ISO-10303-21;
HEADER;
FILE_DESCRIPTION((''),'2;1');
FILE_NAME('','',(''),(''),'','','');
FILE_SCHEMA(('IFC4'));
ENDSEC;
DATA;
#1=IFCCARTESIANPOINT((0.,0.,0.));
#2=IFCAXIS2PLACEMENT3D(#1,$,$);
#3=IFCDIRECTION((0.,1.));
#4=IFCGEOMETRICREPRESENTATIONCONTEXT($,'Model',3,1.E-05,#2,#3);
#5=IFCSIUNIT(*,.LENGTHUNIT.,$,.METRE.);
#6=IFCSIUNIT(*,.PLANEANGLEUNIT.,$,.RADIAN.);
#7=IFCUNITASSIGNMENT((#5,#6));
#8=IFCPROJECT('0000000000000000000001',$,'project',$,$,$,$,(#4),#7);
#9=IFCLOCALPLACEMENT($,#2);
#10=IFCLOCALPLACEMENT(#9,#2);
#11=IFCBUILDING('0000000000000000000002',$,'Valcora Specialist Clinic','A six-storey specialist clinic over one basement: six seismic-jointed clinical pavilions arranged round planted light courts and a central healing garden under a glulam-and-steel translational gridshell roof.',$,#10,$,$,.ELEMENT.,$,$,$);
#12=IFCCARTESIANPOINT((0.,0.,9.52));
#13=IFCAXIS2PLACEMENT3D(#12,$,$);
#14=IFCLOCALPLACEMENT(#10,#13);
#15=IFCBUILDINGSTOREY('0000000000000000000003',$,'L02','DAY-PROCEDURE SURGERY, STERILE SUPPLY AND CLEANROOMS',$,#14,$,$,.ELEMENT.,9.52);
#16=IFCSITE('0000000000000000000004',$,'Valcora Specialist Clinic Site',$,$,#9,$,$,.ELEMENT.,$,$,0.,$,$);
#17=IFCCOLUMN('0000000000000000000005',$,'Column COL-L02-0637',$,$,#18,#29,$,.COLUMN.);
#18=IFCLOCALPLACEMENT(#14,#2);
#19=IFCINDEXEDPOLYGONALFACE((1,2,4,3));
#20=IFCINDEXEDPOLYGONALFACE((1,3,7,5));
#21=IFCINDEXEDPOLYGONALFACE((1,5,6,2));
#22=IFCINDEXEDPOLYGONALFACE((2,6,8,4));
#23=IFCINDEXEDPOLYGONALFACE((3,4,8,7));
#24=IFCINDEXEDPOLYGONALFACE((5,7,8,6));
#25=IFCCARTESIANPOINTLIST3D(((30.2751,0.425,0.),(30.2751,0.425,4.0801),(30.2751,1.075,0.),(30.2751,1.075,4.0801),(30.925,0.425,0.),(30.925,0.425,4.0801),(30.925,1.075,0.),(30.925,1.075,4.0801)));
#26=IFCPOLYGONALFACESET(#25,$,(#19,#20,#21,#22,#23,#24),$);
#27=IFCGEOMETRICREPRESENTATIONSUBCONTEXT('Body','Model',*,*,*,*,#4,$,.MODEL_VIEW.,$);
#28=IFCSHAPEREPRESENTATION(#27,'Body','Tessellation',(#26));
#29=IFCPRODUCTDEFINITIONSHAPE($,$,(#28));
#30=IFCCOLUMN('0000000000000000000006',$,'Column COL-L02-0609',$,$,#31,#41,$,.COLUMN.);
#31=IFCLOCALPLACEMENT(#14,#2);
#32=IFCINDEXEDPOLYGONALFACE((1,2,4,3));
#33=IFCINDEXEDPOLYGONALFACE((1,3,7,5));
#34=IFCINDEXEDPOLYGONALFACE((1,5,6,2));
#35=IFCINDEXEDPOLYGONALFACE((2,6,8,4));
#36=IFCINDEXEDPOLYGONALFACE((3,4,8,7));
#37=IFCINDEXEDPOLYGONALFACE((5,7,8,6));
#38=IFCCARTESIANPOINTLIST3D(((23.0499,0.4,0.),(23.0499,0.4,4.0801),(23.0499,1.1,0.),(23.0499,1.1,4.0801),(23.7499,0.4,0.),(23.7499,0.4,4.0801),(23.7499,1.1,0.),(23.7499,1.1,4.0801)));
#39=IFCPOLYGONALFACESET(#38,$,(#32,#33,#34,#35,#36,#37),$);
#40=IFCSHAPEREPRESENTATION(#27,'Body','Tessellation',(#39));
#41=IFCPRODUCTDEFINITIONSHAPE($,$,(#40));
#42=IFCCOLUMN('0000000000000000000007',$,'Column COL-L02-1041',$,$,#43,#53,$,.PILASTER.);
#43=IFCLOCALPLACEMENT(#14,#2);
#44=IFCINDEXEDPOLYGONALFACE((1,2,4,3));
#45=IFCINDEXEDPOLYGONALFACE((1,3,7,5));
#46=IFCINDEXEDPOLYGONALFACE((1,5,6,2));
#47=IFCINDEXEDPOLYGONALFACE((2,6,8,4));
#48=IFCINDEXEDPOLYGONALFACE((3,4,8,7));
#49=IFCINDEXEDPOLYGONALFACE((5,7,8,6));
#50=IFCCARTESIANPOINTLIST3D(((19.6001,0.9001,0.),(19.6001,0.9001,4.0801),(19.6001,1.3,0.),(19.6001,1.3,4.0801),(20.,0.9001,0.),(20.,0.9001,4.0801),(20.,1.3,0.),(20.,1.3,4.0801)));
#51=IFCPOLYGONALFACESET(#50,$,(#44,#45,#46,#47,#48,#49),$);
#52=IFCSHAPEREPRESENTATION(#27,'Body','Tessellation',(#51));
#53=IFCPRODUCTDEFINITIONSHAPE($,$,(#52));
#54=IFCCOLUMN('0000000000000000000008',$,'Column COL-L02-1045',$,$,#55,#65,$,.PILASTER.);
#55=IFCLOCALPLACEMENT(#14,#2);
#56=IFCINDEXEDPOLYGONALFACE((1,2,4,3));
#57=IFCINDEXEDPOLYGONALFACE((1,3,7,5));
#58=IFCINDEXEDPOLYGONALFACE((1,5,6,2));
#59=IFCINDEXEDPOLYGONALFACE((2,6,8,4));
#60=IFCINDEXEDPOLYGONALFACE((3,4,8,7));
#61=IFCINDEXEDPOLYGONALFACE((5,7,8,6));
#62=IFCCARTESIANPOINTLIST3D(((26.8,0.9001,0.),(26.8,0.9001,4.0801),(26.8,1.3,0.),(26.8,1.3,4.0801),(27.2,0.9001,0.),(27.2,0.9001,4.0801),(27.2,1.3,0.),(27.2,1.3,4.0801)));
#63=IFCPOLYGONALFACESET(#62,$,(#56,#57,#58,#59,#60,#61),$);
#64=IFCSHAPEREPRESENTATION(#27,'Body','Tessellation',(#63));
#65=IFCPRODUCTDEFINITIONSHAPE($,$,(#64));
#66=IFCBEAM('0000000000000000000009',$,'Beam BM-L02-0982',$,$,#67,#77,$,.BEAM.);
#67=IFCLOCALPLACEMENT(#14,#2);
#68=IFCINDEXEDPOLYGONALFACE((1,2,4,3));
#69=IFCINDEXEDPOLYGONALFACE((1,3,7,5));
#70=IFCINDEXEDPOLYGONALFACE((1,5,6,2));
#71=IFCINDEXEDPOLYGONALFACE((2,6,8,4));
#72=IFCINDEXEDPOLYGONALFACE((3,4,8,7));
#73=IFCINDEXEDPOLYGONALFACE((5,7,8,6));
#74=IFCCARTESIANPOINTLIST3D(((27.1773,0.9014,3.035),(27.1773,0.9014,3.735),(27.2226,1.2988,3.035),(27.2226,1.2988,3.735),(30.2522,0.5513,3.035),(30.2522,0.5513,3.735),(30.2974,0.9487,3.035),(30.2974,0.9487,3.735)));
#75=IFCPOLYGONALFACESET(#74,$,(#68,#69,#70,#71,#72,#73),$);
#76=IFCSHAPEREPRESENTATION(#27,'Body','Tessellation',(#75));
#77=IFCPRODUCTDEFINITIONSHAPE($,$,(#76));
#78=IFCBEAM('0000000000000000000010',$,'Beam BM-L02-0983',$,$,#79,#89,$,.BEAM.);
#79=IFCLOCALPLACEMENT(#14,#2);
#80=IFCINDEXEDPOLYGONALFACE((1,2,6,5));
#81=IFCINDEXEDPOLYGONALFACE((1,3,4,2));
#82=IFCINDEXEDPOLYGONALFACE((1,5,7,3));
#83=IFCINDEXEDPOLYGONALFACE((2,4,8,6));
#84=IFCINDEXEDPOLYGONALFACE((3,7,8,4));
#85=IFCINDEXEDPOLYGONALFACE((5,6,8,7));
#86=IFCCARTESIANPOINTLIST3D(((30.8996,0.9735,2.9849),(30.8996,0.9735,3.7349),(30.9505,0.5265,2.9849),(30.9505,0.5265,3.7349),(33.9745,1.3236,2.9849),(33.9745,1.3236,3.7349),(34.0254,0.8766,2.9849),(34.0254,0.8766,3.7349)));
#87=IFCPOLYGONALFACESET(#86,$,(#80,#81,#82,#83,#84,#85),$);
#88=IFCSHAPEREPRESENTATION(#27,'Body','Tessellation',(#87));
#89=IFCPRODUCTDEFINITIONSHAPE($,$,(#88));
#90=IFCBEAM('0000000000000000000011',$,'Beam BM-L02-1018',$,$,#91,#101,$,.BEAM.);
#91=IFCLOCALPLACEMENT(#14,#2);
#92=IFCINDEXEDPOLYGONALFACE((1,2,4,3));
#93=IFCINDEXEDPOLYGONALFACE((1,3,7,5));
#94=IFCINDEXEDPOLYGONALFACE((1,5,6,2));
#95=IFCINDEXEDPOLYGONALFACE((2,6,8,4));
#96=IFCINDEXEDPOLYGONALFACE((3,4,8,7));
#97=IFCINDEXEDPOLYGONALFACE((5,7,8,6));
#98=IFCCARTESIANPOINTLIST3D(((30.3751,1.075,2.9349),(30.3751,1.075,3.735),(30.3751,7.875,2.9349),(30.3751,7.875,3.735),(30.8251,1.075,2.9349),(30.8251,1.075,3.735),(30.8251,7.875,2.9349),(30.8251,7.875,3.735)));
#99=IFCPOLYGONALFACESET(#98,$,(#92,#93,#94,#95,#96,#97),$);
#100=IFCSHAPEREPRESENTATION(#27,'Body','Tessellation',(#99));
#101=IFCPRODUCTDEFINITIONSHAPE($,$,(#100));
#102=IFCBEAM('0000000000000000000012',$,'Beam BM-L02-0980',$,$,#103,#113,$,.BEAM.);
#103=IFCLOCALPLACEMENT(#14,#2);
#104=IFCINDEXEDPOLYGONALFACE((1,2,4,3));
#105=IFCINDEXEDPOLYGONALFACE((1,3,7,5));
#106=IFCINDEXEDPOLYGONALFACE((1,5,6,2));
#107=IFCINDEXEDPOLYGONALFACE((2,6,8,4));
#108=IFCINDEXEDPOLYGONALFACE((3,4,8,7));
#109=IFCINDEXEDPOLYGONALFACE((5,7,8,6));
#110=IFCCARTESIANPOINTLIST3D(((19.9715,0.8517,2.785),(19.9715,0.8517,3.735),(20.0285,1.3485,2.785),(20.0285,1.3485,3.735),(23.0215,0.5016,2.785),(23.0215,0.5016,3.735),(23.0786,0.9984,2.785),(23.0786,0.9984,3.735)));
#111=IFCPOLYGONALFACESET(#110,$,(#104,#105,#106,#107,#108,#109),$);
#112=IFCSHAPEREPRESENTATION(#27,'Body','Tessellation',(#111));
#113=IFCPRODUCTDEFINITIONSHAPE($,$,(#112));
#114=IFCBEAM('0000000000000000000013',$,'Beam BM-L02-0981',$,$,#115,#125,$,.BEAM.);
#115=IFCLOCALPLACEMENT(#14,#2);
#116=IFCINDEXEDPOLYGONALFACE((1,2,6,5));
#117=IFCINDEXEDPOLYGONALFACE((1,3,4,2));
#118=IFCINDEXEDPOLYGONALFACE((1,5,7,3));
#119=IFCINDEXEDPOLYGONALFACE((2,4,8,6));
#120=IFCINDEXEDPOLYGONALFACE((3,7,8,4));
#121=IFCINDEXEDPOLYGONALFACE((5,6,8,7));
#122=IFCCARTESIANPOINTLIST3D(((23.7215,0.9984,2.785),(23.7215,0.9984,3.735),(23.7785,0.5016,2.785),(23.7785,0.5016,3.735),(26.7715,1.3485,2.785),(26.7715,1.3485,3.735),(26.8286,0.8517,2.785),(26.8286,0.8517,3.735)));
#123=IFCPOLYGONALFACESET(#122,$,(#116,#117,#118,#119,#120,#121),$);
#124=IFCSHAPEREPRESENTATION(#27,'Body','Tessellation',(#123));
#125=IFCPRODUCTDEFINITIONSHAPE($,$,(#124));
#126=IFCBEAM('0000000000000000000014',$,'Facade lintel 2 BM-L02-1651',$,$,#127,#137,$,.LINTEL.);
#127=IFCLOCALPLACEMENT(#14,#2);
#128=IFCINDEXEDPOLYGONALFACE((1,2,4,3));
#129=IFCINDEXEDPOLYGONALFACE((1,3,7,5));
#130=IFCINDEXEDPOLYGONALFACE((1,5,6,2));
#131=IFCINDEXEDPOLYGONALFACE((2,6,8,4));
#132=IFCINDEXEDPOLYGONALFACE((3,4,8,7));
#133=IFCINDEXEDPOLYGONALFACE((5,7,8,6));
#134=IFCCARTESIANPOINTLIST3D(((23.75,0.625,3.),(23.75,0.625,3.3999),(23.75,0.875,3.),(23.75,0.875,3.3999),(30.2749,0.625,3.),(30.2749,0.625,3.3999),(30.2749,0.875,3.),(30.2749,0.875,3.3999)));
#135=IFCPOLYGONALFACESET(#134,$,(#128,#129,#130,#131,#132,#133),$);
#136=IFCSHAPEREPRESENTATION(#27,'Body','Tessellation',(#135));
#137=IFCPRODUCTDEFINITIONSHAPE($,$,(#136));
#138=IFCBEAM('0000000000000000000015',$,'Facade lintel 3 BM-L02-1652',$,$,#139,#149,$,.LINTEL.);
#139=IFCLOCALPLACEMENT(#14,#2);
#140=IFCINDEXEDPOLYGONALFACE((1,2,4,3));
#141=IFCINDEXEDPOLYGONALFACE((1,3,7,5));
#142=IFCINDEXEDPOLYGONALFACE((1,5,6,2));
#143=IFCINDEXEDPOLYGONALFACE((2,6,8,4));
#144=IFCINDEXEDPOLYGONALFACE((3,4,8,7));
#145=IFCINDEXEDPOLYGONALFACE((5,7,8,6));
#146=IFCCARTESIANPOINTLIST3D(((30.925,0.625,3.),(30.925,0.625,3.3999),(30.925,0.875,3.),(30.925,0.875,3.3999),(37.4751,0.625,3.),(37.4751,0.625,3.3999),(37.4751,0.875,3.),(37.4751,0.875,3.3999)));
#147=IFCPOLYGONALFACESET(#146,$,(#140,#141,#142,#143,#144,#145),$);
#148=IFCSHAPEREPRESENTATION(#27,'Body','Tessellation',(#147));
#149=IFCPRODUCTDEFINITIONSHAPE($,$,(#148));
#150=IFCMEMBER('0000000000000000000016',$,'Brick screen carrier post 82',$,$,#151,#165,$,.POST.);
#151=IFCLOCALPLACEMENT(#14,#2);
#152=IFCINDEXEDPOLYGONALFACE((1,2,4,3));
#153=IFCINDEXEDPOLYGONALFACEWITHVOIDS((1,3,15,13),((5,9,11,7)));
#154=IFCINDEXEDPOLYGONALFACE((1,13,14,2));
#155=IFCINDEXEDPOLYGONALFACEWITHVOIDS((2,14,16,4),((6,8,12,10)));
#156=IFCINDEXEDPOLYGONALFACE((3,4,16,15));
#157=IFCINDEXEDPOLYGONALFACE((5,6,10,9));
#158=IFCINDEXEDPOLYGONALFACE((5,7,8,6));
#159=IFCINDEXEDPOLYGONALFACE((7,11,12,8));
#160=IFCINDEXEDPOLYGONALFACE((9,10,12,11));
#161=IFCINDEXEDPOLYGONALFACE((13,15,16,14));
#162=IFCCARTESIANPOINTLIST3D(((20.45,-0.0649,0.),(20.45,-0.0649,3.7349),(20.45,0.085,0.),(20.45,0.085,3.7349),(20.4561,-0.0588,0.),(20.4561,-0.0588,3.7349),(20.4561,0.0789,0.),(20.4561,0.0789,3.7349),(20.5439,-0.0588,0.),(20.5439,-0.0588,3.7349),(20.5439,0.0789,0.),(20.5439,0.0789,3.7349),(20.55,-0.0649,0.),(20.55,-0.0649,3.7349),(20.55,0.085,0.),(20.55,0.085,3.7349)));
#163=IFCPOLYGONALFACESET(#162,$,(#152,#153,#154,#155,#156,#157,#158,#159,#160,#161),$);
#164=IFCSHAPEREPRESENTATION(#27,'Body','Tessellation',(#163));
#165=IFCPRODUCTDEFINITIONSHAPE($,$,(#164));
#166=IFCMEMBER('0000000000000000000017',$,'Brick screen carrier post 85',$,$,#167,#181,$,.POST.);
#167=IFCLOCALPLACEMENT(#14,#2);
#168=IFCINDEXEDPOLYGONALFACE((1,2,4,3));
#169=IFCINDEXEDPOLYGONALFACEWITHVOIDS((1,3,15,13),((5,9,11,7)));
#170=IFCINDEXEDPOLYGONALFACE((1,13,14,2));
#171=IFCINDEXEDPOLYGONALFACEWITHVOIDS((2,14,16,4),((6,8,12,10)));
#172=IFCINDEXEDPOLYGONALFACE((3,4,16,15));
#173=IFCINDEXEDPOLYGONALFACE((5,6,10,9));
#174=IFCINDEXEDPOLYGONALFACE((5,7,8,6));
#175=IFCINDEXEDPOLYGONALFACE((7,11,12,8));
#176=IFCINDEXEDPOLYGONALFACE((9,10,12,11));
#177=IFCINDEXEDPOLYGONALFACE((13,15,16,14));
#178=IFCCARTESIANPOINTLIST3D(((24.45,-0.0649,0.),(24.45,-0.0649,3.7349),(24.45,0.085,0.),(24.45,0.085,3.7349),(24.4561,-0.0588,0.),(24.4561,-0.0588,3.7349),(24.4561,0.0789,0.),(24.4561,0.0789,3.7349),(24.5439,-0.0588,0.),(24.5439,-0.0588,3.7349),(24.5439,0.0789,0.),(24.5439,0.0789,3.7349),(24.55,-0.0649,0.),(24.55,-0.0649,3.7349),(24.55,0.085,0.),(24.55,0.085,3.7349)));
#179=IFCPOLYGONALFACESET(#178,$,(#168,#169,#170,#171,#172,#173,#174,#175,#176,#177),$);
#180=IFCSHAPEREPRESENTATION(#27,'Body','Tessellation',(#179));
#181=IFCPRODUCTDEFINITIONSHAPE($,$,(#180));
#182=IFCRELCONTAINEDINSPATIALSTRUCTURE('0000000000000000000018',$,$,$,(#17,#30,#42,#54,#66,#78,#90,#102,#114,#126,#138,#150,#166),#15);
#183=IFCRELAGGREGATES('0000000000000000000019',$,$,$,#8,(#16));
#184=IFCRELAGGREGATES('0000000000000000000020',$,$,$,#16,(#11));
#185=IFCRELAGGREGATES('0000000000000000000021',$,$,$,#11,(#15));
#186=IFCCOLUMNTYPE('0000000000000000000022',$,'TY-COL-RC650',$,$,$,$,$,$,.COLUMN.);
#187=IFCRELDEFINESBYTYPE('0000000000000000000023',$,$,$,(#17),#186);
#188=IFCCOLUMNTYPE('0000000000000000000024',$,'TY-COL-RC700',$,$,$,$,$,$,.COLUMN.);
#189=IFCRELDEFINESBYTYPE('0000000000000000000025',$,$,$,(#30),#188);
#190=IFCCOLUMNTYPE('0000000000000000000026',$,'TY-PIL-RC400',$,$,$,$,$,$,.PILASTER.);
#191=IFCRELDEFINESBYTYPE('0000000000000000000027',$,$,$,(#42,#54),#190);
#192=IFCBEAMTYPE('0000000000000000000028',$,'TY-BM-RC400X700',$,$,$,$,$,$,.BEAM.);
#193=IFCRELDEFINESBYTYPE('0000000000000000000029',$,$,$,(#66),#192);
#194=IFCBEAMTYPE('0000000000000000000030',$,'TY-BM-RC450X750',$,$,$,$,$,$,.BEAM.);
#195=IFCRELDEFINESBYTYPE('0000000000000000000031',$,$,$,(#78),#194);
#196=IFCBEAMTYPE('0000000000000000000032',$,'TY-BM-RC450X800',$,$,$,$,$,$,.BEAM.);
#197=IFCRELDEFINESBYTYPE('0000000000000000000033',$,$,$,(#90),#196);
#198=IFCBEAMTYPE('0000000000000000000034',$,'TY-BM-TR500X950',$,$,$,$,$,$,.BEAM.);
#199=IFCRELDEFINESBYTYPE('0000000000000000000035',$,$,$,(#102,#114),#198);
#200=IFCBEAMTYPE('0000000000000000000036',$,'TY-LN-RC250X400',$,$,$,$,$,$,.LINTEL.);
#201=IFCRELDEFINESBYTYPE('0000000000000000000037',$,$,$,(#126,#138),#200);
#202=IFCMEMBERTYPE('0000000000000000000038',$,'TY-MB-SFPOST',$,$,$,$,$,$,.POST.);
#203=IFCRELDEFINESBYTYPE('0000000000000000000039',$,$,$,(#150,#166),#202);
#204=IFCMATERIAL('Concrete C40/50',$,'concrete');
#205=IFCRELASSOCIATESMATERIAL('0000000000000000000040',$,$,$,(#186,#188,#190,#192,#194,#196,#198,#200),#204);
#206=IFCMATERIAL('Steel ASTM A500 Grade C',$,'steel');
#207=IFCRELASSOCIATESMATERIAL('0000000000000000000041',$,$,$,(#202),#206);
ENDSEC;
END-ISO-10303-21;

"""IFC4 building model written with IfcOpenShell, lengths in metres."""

from ifc_helpers import new_model, si_unit, direction, frame, origin, origin_2d, place, context, subcontext, project, spatial, rectangle, hollow_rectangle, extrude, material, material_profile, profile_set, type_object, element, save


model = new_model("IFC4")

# Units and contexts
model_context = context("Model", 3, precision=1e-05, world=origin(), true_north=direction((0.0, 1.0)))
body_context = subcontext(model_context, "Body", "Model", "MODEL_VIEW")
ifc_project = project(units=[si_unit("LENGTHUNIT", "METRE"), si_unit("PLANEANGLEUNIT", "RADIAN")], contexts=[model_context])

# Site, building, storey
site_placement = place(None, origin())
site = spatial("IfcSite", under=ifc_project, at=site_placement, Name="Valcora Specialist Clinic Site", CompositionType="ELEMENT", RefElevation=0.0)
building_placement = place(site_placement, origin())
building = spatial("IfcBuilding", under=site, at=building_placement, Name="Valcora Specialist Clinic", Description="A six-storey specialist clinic over one basement: six seismic-jointed clinical pavilions arranged round planted light courts and a central healing garden under a glulam-and-steel translational gridshell roof.", CompositionType="ELEMENT")
storey_placement = place(building_placement, frame((0.0, 0.0, 9.52)))
storey = spatial("IfcBuildingStorey", under=building, at=storey_placement, Name="L02", Description="DAY-PROCEDURE SURGERY, STERILE SUPPLY AND CLEANROOMS", CompositionType="ELEMENT", Elevation=9.52)

# Columns
ifc_material_1 = material(Name="Concrete C40/50", Category="concrete")
ifc_material_profile_1 = material_profile(ifc_material_1, rectangle(XDim=0.6499, YDim=0.6499, at=origin_2d()), Name="RC-COL-650X650")
ifc_profile_set_1 = profile_set([ifc_material_profile_1], Name="Concrete C40/50")
column_type_1 = type_object("IfcColumnType", Name="TY-COL-RC650", PredefinedType="COLUMN", material=ifc_profile_set_1)
column_1_placement = place(storey_placement, frame((30.6001, 0.75, 0.0), z_axis=(0.0, 0.0, 1.0), x_axis=(1.0, 0.0, 0.0)))
element("IfcColumn", 1, at=column_1_placement, inside=storey, type_object=column_type_1, Name="Column COL-L02-0637", PredefinedType="COLUMN", context=body_context, shape_type="SweptSolid", body=[
    extrude(rectangle(XDim=0.6499, YDim=0.6499, at=origin_2d()), origin(), (0.0, 0.0, 1.0), 4.0801),
])
ifc_material_profile_2 = material_profile(ifc_material_1, rectangle(XDim=0.7, YDim=0.7, at=origin_2d()), Name="RC-COL-700X700")
ifc_profile_set_2 = profile_set([ifc_material_profile_2], Name="Concrete C40/50")
column_type_2 = type_object("IfcColumnType", Name="TY-COL-RC700", PredefinedType="COLUMN", material=ifc_profile_set_2)
column_2_placement = place(storey_placement, frame((23.3999, 0.75, 0.0), z_axis=(0.0, 0.0, 1.0), x_axis=(1.0, 0.0, 0.0)))
element("IfcColumn", 2, at=column_2_placement, inside=storey, type_object=column_type_2, Name="Column COL-L02-0609", PredefinedType="COLUMN", context=body_context, shape_type="SweptSolid", body=[
    extrude(rectangle(XDim=0.7, YDim=0.7, at=origin_2d()), origin(), (0.0, 0.0, 1.0), 4.0801),
])
ifc_material_profile_3 = material_profile(ifc_material_1, rectangle(XDim=0.3999, YDim=0.3999, at=origin_2d()), Name="RC-COL-400X400")
ifc_profile_set_3 = profile_set([ifc_material_profile_3], Name="Concrete C40/50")
column_type_3 = type_object("IfcColumnType", Name="TY-PIL-RC400", PredefinedType="PILASTER", material=ifc_profile_set_3)
for number, where, z_axis, x_axis, name in (
    (3, (19.8, 1.1001, 0.0), (0.0, 0.0, 1.0), (1.0, 0.0, 0.0), "Column COL-L02-1041"),
    (4, (27.0, 1.1001, 0.0), (0.0, 0.0, 1.0), (1.0, 0.0, 0.0), "Column COL-L02-1045"),
):
    element("IfcColumn", number, at=place(storey_placement, frame(where, z_axis=z_axis, x_axis=x_axis)), inside=storey, type_object=column_type_3, Name=name, PredefinedType="PILASTER", context=body_context, shape_type="SweptSolid", body=[
        extrude(rectangle(XDim=0.3999, YDim=0.3999, at=origin_2d()), origin(), (0.0, 0.0, 1.0), 4.0801),
    ])

# Beams
ifc_material_profile_4 = material_profile(ifc_material_1, rectangle(XDim=0.3999, YDim=0.7, at=origin_2d()), Name="RC-BM-400X700")
ifc_profile_set_4 = profile_set([ifc_material_profile_4], Name="Concrete C40/50")
beam_type_1 = type_object("IfcBeamType", Name="TY-BM-RC400X700", PredefinedType="BEAM", material=ifc_profile_set_4)
beam_1_placement = place(storey_placement, frame((27.2, 1.1001, 3.385), z_axis=(0.993581, -0.113124, 0.0), x_axis=(0.113124, 0.993581, 0.0)))
element("IfcBeam", 5, at=beam_1_placement, inside=storey, type_object=beam_type_1, Name="Beam BM-L02-0982", PredefinedType="BEAM", context=body_context, shape_type="SweptSolid", body=[
    extrude(rectangle(XDim=0.3999, YDim=0.7, at=origin_2d()), origin(), (0.0, 0.0, 1.0), 3.0947),
])
ifc_material_profile_5 = material_profile(ifc_material_1, rectangle(XDim=0.45, YDim=0.75, at=origin_2d()), Name="RC-BM-450X750")
ifc_profile_set_5 = profile_set([ifc_material_profile_5], Name="Concrete C40/50")
beam_type_2 = type_object("IfcBeamType", Name="TY-BM-RC450X750", PredefinedType="BEAM", material=ifc_profile_set_5)
beam_2_placement = place(storey_placement, frame((30.925, 0.75, 3.3599), z_axis=(0.993581, 0.113124, 0.0), x_axis=(-0.113124, 0.993581, 0.0)))
element("IfcBeam", 6, at=beam_2_placement, inside=storey, type_object=beam_type_2, Name="Beam BM-L02-0983", PredefinedType="BEAM", context=body_context, shape_type="SweptSolid", body=[
    extrude(rectangle(XDim=0.45, YDim=0.75, at=origin_2d()), origin(), (0.0, 0.0, 1.0), 3.0947),
])
ifc_material_profile_6 = material_profile(ifc_material_1, rectangle(XDim=0.45, YDim=0.8, at=origin_2d()), Name="RC-BM-450X800")
ifc_profile_set_6 = profile_set([ifc_material_profile_6], Name="Concrete C40/50")
beam_type_3 = type_object("IfcBeamType", Name="TY-BM-RC450X800", PredefinedType="BEAM", material=ifc_profile_set_6)
beam_3_placement = place(storey_placement, frame((30.6001, 1.075, 3.335), z_axis=(0.0, 1.0, 0.0), x_axis=(-1.0, 0.0, 0.0)))
element("IfcBeam", 7, at=beam_3_placement, inside=storey, type_object=beam_type_3, Name="Beam BM-L02-1018", PredefinedType="BEAM", context=body_context, shape_type="SweptSolid", body=[
    extrude(rectangle(XDim=0.45, YDim=0.8, at=origin_2d()), origin(), (0.0, 0.0, 1.0), 6.8),
])
ifc_material_profile_7 = material_profile(ifc_material_1, rectangle(XDim=0.5, YDim=0.95, at=origin_2d()), Name="RC-BM-500X950")
ifc_profile_set_7 = profile_set([ifc_material_profile_7], Name="Concrete C40/50")
beam_type_4 = type_object("IfcBeamType", Name="TY-BM-TR500X950", PredefinedType="BEAM", material=ifc_profile_set_7)
for number, where, z_axis, x_axis, name in (
    (8, (20.0, 1.1001, 3.26), (0.993477, -0.114036, 0.0), (0.114036, 0.993477, 0.0), "Beam BM-L02-0980"),
    (9, (23.75, 0.75, 3.26), (0.993477, 0.114036, 0.0), (-0.114036, 0.993477, 0.0), "Beam BM-L02-0981"),
):
    element("IfcBeam", number, at=place(storey_placement, frame(where, z_axis=z_axis, x_axis=x_axis)), inside=storey, type_object=beam_type_4, Name=name, PredefinedType="BEAM", context=body_context, shape_type="SweptSolid", body=[
        extrude(rectangle(XDim=0.5, YDim=0.95, at=origin_2d()), origin(), (0.0, 0.0, 1.0), 3.0701),
    ])
ifc_material_profile_8 = material_profile(ifc_material_1, rectangle(XDim=0.25, YDim=0.3999, at=origin_2d()), Name="RC-LN-250X400")
ifc_profile_set_8 = profile_set([ifc_material_profile_8], Name="Concrete C40/50")
beam_type_5 = type_object("IfcBeamType", Name="TY-LN-RC250X400", PredefinedType="LINTEL", material=ifc_profile_set_8)
beam_4_placement = place(storey_placement, frame((23.75, 0.75, 3.2), z_axis=(1.0, 0.0, 0.0), x_axis=(0.0, 1.0, 0.0)))
element("IfcBeam", 10, at=beam_4_placement, inside=storey, type_object=beam_type_5, Name="Facade lintel 2 BM-L02-1651", PredefinedType="LINTEL", context=body_context, shape_type="SweptSolid", body=[
    extrude(rectangle(XDim=0.25, YDim=0.3999, at=origin_2d()), origin(), (0.0, 0.0, 1.0), 6.5249),
])
beam_5_placement = place(storey_placement, frame((30.925, 0.75, 3.2), z_axis=(1.0, 0.0, 0.0), x_axis=(0.0, 1.0, 0.0)))
element("IfcBeam", 11, at=beam_5_placement, inside=storey, type_object=beam_type_5, Name="Facade lintel 3 BM-L02-1652", PredefinedType="LINTEL", context=body_context, shape_type="SweptSolid", body=[
    extrude(rectangle(XDim=0.25, YDim=0.3999, at=origin_2d()), origin(), (0.0, 0.0, 1.0), 6.55),
])

# Members
ifc_material_2 = material(Name="Steel ASTM A500 Grade C", Category="steel")
ifc_material_profile_9 = material_profile(ifc_material_2, hollow_rectangle(XDim=0.1001, YDim=0.1499, WallThickness=0.0061, at=origin_2d()), Name="ST-RHS-150X100X6")
ifc_profile_set_9 = profile_set([ifc_material_profile_9], Name="Steel ASTM A500 Grade C")
member_type_1 = type_object("IfcMemberType", Name="TY-MB-SFPOST", PredefinedType="POST", material=ifc_profile_set_9)
for number, where, z_axis, x_axis, name in (
    (12, (20.5, 0.01, 0.0), (0.0, 0.0, 1.0), (1.0, 0.0, 0.0), "Brick screen carrier post 82"),
    (13, (24.5, 0.01, 0.0), (0.0, 0.0, 1.0), (1.0, 0.0, 0.0), "Brick screen carrier post 85"),
):
    element("IfcMember", number, at=place(storey_placement, frame(where, z_axis=z_axis, x_axis=x_axis)), inside=storey, type_object=member_type_1, Name=name, PredefinedType="POST", context=body_context, shape_type="SweptSolid", body=[
        extrude(hollow_rectangle(XDim=0.1001, YDim=0.1499, WallThickness=0.0061, at=origin_2d()), origin(), (0.0, 0.0, 1.0), 3.7349),
    ])

save(model, "model.ifc")
